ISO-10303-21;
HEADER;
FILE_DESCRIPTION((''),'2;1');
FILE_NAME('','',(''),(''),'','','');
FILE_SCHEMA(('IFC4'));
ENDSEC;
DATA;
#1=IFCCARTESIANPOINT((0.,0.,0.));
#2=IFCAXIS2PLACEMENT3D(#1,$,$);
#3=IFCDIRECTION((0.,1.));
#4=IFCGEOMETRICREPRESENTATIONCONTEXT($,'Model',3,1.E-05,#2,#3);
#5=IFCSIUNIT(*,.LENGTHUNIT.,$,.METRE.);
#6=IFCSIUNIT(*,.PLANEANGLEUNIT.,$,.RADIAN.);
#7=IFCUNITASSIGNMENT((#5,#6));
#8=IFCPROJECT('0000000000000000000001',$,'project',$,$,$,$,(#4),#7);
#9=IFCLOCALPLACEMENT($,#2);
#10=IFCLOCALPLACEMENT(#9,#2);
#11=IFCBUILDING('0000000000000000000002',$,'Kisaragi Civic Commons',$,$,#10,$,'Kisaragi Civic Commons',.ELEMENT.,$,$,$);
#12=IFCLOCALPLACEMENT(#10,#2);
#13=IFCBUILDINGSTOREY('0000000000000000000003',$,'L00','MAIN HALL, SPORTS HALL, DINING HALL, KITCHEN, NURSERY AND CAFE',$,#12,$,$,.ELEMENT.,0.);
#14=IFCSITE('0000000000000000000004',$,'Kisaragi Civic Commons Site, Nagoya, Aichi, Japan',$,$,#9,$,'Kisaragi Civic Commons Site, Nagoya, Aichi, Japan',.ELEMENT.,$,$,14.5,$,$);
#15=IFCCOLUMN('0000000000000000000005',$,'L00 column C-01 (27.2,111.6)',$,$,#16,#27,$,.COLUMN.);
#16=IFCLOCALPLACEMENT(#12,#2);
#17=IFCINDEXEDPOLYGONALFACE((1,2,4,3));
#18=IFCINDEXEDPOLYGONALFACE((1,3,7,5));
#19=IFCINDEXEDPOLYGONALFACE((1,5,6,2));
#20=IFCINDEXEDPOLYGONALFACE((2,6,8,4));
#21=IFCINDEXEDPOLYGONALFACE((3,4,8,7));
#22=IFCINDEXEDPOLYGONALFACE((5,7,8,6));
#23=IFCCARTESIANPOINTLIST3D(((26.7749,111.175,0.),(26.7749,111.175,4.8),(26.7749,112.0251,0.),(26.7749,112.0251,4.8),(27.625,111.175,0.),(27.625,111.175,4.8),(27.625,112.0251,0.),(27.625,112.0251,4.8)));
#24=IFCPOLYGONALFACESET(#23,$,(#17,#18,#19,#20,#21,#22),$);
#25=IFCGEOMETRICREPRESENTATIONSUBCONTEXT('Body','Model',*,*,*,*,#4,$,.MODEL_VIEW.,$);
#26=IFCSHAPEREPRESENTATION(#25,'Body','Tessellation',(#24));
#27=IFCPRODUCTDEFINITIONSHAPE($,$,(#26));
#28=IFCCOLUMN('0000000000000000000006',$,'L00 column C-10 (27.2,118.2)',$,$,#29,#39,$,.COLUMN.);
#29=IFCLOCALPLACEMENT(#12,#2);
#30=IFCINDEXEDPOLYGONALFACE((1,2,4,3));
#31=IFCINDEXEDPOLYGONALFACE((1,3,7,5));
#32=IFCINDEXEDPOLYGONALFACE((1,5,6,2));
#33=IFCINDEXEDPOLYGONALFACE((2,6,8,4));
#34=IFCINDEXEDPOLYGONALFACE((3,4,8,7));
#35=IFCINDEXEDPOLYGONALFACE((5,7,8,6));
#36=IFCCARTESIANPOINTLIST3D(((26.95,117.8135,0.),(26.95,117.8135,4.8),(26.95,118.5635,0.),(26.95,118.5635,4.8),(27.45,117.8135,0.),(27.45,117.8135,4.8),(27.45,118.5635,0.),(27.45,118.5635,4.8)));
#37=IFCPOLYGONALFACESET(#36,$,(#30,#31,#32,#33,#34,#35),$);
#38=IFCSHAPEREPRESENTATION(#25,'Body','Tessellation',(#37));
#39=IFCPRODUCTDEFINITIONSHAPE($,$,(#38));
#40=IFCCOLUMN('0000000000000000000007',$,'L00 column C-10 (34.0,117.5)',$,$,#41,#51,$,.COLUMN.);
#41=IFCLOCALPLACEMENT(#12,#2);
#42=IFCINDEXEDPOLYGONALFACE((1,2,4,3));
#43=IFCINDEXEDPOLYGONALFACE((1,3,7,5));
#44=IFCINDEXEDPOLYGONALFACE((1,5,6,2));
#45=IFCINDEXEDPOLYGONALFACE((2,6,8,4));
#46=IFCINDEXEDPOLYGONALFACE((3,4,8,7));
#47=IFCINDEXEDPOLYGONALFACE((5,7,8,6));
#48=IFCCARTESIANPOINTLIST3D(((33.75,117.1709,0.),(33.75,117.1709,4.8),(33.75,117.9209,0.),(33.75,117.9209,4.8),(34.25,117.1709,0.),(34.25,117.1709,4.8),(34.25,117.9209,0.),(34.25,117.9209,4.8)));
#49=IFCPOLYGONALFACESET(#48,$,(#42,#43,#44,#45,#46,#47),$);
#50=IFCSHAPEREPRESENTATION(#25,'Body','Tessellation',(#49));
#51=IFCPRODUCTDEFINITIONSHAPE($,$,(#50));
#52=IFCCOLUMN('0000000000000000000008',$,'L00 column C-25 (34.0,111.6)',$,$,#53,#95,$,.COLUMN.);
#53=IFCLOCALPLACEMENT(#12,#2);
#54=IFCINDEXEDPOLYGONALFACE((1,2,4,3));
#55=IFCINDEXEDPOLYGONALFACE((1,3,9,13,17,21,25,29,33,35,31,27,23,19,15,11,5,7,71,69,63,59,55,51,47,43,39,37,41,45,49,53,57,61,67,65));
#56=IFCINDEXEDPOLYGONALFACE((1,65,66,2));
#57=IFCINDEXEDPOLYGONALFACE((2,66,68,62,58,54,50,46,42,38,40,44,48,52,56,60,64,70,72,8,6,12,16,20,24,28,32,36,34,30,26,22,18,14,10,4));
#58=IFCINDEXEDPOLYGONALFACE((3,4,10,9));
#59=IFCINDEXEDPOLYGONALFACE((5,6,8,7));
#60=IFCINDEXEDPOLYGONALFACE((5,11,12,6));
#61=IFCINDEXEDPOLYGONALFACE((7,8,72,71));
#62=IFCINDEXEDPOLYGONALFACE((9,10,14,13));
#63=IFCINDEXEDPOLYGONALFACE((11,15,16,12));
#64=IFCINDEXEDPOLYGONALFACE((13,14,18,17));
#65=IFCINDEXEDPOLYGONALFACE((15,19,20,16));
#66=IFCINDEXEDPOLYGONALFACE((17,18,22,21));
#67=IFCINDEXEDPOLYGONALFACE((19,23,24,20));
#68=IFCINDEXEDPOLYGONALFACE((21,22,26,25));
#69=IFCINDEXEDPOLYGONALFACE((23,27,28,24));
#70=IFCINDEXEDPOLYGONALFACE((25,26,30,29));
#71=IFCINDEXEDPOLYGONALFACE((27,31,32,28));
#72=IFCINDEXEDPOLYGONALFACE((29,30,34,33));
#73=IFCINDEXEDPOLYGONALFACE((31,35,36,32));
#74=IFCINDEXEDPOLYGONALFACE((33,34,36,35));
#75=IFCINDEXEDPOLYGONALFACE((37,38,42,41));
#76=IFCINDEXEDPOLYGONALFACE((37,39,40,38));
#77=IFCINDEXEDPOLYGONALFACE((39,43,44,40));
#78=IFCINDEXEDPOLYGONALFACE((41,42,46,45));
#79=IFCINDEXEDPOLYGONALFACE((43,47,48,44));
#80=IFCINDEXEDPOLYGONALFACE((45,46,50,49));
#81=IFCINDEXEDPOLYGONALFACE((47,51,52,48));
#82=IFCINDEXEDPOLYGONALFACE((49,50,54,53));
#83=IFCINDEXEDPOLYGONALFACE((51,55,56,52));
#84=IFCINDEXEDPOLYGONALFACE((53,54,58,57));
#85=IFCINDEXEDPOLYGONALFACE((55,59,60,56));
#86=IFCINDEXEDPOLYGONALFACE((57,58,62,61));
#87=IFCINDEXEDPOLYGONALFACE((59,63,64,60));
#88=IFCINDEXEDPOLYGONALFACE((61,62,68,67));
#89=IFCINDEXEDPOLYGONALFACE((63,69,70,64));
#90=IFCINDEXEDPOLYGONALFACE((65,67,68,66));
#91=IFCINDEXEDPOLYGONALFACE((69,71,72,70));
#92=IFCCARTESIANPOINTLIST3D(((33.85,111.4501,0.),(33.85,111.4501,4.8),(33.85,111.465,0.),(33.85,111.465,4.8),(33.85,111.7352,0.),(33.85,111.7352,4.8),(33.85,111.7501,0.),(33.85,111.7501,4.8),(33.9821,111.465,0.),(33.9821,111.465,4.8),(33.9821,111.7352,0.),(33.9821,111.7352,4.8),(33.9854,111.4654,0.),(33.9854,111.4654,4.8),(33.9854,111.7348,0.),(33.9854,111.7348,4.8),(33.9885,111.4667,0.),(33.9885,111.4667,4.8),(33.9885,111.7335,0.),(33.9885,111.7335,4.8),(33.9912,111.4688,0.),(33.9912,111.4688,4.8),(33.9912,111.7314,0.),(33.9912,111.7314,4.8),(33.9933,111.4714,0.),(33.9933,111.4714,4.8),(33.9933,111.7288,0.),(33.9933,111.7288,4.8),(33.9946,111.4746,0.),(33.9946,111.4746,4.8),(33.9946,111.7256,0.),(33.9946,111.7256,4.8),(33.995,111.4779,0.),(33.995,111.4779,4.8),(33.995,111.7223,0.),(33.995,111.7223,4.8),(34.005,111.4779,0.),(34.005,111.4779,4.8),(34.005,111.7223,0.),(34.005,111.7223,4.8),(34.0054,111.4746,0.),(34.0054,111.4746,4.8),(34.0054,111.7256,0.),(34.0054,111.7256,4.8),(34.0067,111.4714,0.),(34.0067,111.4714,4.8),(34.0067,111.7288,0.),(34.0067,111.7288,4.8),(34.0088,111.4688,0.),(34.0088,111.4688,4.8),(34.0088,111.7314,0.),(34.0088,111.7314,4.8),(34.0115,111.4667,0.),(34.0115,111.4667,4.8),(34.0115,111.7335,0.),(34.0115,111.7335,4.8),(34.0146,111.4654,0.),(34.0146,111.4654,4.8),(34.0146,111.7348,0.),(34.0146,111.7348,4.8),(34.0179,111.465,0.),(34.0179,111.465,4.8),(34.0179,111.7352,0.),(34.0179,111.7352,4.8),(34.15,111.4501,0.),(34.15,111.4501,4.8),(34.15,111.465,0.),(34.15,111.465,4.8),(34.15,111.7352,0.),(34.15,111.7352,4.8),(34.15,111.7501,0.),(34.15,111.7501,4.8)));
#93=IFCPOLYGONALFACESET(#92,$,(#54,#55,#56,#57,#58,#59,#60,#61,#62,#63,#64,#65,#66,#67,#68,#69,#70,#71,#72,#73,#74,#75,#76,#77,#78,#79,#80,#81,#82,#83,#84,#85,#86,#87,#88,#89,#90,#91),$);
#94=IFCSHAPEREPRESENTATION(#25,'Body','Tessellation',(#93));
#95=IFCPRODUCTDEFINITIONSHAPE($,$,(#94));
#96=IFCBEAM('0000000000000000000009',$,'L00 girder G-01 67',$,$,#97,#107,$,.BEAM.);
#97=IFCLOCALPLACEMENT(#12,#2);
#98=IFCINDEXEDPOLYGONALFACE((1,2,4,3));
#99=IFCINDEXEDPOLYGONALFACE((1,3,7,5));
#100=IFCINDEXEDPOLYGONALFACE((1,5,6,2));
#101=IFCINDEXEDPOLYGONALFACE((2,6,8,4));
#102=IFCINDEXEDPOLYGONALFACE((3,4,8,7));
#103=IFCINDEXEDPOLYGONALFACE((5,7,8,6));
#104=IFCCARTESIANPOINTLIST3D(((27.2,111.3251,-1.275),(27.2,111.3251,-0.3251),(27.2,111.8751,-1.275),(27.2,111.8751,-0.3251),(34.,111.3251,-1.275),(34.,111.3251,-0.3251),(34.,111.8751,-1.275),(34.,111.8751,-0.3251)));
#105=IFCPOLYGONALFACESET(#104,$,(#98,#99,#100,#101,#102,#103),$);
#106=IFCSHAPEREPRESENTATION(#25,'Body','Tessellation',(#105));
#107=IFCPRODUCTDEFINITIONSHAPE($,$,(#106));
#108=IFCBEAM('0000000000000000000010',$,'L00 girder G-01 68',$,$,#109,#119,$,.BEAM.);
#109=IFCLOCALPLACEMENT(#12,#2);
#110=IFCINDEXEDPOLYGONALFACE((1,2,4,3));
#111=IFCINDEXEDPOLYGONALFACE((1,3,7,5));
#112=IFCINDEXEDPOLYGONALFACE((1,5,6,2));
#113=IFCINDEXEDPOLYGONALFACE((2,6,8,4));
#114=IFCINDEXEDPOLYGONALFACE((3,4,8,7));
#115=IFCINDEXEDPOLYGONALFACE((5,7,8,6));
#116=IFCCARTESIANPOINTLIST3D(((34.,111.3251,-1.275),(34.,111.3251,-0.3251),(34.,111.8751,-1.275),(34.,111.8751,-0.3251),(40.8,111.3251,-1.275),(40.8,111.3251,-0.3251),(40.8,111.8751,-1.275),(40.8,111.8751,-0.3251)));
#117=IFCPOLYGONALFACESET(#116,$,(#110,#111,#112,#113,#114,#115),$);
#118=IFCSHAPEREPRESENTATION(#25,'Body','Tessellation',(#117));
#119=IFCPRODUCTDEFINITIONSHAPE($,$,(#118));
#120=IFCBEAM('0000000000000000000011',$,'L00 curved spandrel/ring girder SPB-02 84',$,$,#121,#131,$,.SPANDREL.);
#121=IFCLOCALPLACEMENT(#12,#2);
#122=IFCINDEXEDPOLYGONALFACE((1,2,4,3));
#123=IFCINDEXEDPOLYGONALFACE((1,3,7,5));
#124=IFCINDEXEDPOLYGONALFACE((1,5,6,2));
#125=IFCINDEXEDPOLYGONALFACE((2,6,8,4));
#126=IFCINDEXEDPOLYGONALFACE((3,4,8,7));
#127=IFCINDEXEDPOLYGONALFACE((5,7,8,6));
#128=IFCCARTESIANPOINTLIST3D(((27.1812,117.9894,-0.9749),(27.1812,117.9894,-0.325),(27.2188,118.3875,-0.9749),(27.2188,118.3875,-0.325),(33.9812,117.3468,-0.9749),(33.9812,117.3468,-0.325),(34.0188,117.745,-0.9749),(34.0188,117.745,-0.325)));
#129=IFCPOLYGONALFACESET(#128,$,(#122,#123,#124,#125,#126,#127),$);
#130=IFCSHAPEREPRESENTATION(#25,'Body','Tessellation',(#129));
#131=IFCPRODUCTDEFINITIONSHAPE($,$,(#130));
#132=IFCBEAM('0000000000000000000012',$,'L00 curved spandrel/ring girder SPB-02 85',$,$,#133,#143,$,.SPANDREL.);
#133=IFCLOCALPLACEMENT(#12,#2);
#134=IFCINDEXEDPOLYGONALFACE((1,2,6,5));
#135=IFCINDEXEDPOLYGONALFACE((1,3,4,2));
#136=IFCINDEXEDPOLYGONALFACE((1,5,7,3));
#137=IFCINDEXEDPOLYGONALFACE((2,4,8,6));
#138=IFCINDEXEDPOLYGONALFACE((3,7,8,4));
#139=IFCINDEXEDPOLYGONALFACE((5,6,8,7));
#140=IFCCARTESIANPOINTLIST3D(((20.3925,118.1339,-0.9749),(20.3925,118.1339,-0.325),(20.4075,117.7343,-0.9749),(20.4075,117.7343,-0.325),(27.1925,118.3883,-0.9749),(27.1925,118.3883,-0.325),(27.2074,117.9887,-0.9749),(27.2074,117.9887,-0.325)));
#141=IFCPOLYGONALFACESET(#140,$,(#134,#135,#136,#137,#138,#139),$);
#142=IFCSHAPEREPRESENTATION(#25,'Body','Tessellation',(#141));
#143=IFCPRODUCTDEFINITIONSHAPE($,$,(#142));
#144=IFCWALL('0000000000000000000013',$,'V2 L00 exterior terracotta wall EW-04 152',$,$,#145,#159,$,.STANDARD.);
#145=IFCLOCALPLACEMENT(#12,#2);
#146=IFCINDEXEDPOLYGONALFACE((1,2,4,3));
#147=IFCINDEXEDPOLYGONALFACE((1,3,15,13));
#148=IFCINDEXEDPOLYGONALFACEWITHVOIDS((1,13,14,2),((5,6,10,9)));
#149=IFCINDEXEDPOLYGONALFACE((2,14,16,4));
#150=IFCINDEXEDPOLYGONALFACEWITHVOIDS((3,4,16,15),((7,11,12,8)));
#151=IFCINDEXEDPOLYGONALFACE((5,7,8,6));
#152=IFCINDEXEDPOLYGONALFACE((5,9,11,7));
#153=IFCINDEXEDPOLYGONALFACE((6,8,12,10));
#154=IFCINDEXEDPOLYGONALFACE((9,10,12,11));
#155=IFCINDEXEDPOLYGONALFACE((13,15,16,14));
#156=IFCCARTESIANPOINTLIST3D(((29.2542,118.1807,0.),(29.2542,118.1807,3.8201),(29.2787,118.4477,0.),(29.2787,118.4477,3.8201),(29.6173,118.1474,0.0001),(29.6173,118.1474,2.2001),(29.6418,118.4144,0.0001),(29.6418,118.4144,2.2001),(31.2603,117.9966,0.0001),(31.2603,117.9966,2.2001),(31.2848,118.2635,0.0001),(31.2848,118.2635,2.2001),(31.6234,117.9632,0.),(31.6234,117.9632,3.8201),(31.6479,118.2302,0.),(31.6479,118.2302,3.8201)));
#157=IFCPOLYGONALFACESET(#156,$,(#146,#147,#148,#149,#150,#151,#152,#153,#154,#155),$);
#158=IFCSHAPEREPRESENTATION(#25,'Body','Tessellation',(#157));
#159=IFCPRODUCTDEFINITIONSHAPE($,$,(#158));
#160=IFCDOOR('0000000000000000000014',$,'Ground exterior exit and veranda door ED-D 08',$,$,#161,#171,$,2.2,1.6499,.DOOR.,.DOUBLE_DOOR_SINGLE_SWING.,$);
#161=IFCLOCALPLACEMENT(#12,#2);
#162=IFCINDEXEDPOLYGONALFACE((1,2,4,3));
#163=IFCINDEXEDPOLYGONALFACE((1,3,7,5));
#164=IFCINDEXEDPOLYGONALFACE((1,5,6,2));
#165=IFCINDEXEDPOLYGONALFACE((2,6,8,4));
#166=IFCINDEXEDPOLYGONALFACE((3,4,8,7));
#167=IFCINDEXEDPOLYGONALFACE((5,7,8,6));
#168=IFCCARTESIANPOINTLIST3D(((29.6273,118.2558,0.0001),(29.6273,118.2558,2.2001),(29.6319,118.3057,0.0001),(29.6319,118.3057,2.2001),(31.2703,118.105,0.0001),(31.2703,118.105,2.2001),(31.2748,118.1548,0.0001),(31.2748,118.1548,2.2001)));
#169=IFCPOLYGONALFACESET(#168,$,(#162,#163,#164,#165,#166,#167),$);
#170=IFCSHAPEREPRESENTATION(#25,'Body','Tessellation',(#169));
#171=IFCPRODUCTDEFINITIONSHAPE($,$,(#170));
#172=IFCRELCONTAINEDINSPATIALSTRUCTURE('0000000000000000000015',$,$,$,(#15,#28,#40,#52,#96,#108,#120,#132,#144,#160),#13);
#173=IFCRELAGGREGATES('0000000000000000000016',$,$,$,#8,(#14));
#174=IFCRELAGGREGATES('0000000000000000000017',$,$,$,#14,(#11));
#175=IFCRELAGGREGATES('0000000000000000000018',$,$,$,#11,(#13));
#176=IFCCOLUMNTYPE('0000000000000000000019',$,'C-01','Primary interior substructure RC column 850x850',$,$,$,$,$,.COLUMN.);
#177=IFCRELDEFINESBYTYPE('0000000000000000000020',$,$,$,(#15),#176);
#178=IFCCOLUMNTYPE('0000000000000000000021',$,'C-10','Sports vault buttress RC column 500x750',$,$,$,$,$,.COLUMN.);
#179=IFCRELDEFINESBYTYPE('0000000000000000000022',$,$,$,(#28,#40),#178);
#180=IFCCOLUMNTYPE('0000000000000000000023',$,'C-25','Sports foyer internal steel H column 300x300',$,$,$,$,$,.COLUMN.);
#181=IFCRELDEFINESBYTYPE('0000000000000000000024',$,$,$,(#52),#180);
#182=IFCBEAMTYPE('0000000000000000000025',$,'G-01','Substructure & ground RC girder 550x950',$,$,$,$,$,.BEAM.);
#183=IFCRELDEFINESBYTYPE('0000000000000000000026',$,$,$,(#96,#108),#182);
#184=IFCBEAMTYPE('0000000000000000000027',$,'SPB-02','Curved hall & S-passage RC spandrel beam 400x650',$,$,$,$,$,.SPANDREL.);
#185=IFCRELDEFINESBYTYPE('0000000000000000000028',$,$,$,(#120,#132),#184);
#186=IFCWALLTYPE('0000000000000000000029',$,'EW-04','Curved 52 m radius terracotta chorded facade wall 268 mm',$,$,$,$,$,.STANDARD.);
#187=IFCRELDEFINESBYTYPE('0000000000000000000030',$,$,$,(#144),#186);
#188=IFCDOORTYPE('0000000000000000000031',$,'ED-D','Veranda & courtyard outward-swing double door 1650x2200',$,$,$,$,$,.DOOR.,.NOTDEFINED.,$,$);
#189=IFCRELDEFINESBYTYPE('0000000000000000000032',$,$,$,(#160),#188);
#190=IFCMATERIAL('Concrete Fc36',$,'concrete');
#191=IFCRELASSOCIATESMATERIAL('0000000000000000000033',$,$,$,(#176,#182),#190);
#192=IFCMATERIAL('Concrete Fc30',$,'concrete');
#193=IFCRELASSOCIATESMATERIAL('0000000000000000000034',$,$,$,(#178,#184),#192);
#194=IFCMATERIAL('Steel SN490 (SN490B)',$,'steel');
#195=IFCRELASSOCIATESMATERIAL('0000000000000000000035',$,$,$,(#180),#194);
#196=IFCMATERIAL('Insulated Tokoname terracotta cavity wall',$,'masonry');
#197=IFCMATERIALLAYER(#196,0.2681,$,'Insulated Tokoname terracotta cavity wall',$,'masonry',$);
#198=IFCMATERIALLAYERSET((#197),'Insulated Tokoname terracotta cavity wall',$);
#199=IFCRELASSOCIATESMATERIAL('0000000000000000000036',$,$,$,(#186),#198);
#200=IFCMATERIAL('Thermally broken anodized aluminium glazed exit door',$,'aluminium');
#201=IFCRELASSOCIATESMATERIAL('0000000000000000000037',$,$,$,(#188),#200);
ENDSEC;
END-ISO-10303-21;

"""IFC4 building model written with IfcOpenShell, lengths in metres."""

from ifc_helpers import new_model, si_unit, direction, frame, frame_2d, origin, origin_2d, place, context, subcontext, project, spatial, rectangle, i_section, extrude, material, layer, layer_set, material_profile, profile_set, type_object, element, fill, save


model = new_model("IFC4")

# Units and contexts
model_context = context("Model", 3, precision=1e-05, world=origin(), true_north=direction((0.0, 1.0)))
body_context = subcontext(model_context, "Body", "Model", "MODEL_VIEW")
ifc_project = project(units=[si_unit("LENGTHUNIT", "METRE"), si_unit("PLANEANGLEUNIT", "RADIAN")], contexts=[model_context])

# Site, building, storey
site_placement = place(None, origin())
site = spatial("IfcSite", under=ifc_project, at=site_placement, Name="Kisaragi Civic Commons Site, Nagoya, Aichi, Japan", LongName="Kisaragi Civic Commons Site, Nagoya, Aichi, Japan", CompositionType="ELEMENT", RefElevation=14.5)
building_placement = place(site_placement, origin())
building = spatial("IfcBuilding", under=site, at=building_placement, Name="Kisaragi Civic Commons", LongName="Kisaragi Civic Commons", CompositionType="ELEMENT")
storey_placement = place(building_placement, origin())
storey = spatial("IfcBuildingStorey", under=building, at=storey_placement, Name="L00", Description="MAIN HALL, SPORTS HALL, DINING HALL, KITCHEN, NURSERY AND CAFE", CompositionType="ELEMENT", Elevation=0.0)

# Columns
ifc_material_1 = material(Name="Concrete Fc36", Category="concrete")
ifc_material_profile_1 = material_profile(ifc_material_1, rectangle(XDim=0.8501, YDim=0.8501, at=origin_2d()), Name="RC-850x850", Category="concrete")
ifc_profile_set_1 = profile_set([ifc_material_profile_1], Name="Concrete Fc36")
column_type_1 = type_object("IfcColumnType", Name="C-01", Description="Primary interior substructure RC column 850x850", PredefinedType="COLUMN", material=ifc_profile_set_1)
column_1_placement = place(storey_placement, frame((27.2, 111.6001, 0.0), z_axis=(0.0, 0.0, 1.0), x_axis=(1.0, 0.0, 0.0)))
element("IfcColumn", 1, at=column_1_placement, inside=storey, type_object=column_type_1, Name="L00 column C-01 (27.2,111.6)", PredefinedType="COLUMN", context=body_context, shape_type="SweptSolid", body=[
    extrude(rectangle(XDim=0.8501, YDim=0.8501, at=origin_2d()), origin(), (0.0, 0.0, 1.0), 4.8),
])
ifc_material_2 = material(Name="Concrete Fc30", Category="concrete")
ifc_material_profile_2 = material_profile(ifc_material_2, rectangle(XDim=0.5, YDim=0.75, at=origin_2d()), Name="RC-500x750", Category="concrete")
ifc_profile_set_2 = profile_set([ifc_material_profile_2], Name="Concrete Fc30")
column_type_2 = type_object("IfcColumnType", Name="C-10", Description="Sports vault buttress RC column 500x750", PredefinedType="COLUMN", material=ifc_profile_set_2)
for number, where, z_axis, x_axis, name in (
    (2, (27.2, 118.1885, 0.0), (0.0, 0.0, 1.0), (1.0, 0.0, 0.0), "L00 column C-10 (27.2,118.2)"),
    (3, (34.0, 117.5459, 0.0), (0.0, 0.0, 1.0), (1.0, 0.0, 0.0), "L00 column C-10 (34.0,117.5)"),
):
    element("IfcColumn", number, at=place(storey_placement, frame(where, z_axis=z_axis, x_axis=x_axis)), inside=storey, type_object=column_type_2, Name=name, PredefinedType="COLUMN", context=body_context, shape_type="SweptSolid", body=[
        extrude(rectangle(XDim=0.5, YDim=0.75, at=origin_2d()), origin(), (0.0, 0.0, 1.0), 4.8),
    ])
ifc_material_3 = material(Name="Steel SN490 (SN490B)", Category="steel")
ifc_material_profile_3 = material_profile(ifc_material_3, i_section(OverallWidth=0.3, OverallDepth=0.3, WebThickness=0.01, FlangeThickness=0.0149, FilletRadius=0.0129, at=origin_2d()), Name="H-300x300x10x15", Category="steel")
ifc_profile_set_3 = profile_set([ifc_material_profile_3], Name="Steel SN490 (SN490B)")
column_type_3 = type_object("IfcColumnType", Name="C-25", Description="Sports foyer internal steel H column 300x300", PredefinedType="COLUMN", material=ifc_profile_set_3)
column_2_placement = place(storey_placement, frame((34.0, 111.6001, 0.0), z_axis=(0.0, 0.0, 1.0), x_axis=(1.0, 0.0, 0.0)))
element("IfcColumn", 4, at=column_2_placement, inside=storey, type_object=column_type_3, Name="L00 column C-25 (34.0,111.6)", PredefinedType="COLUMN", context=body_context, shape_type="SweptSolid", body=[
    extrude(i_section(OverallWidth=0.3, OverallDepth=0.3, WebThickness=0.01, FlangeThickness=0.0149, FilletRadius=0.0129, at=origin_2d()), origin(), (0.0, 0.0, 1.0), 4.8),
])

# Beams
ifc_material_profile_4 = material_profile(ifc_material_1, rectangle(XDim=0.55, YDim=0.95, at=origin_2d()), Name="RC-550x950", Category="concrete")
ifc_profile_set_4 = profile_set([ifc_material_profile_4], Name="Concrete Fc36")
beam_type_1 = type_object("IfcBeamType", Name="G-01", Description="Substructure & ground RC girder 550x950", PredefinedType="BEAM", material=ifc_profile_set_4)
for number, where, z_axis, x_axis, name in (
    (5, (27.2, 111.6001, -0.8), (1.0, 0.0, 0.0), (0.0, 1.0, 0.0), "L00 girder G-01 67"),
    (6, (34.0, 111.6001, -0.8), (1.0, 0.0, 0.0), (0.0, 1.0, 0.0), "L00 girder G-01 68"),
):
    element("IfcBeam", number, at=place(storey_placement, frame(where, z_axis=z_axis, x_axis=x_axis)), inside=storey, type_object=beam_type_1, Name=name, PredefinedType="BEAM", context=body_context, shape_type="SweptSolid", body=[
        extrude(rectangle(XDim=0.55, YDim=0.95, at=origin_2d()), origin(), (0.0, 0.0, 1.0), 6.8),
    ])
ifc_material_profile_5 = material_profile(ifc_material_2, rectangle(XDim=0.3999, YDim=0.6499, at=origin_2d()), Name="RC-400x650", Category="concrete")
ifc_profile_set_5 = profile_set([ifc_material_profile_5], Name="Concrete Fc30")
beam_type_2 = type_object("IfcBeamType", Name="SPB-02", Description="Curved hall & S-passage RC spandrel beam 400x650", PredefinedType="SPANDREL", material=ifc_profile_set_5)
beam_1_placement = place(storey_placement, frame((34.0, 117.5459, -0.6499), z_axis=(-0.995565, 0.094077, 0.0), x_axis=(-0.094077, -0.995565, 0.0)))
element("IfcBeam", 7, at=beam_1_placement, inside=storey, type_object=beam_type_2, Name="L00 curved spandrel/ring girder SPB-02 84", PredefinedType="SPANDREL", context=body_context, shape_type="SweptSolid", body=[
    extrude(rectangle(XDim=0.3999, YDim=0.6499, at=origin_2d()), origin(), (0.0, 0.0, 1.0), 6.8303),
])
beam_2_placement = place(storey_placement, frame((27.2, 118.1885, -0.6499), z_axis=(-0.999301, -0.037385, 0.0), x_axis=(0.037385, -0.999301, 0.0)))
element("IfcBeam", 8, at=beam_2_placement, inside=storey, type_object=beam_type_2, Name="L00 curved spandrel/ring girder SPB-02 85", PredefinedType="SPANDREL", context=body_context, shape_type="SweptSolid", body=[
    extrude(rectangle(XDim=0.3999, YDim=0.6499, at=origin_2d()), origin(), (0.0, 0.0, 1.0), 6.8047),
])

# Wall, opening, door
ifc_material_4 = material(Name="Insulated Tokoname terracotta cavity wall", Category="masonry")
ifc_layer_1 = layer(ifc_material_4, 0.2681, Name="Insulated Tokoname terracotta cavity wall", Category="masonry")
ifc_layer_set_1 = layer_set([ifc_layer_1], Name="Insulated Tokoname terracotta cavity wall")
wall_type_1 = type_object("IfcWallType", Name="EW-04", Description="Curved 52 m radius terracotta chorded facade wall 268 mm", PredefinedType="STANDARD", material=ifc_layer_set_1)
wall_1_placement = place(storey_placement, frame((29.2666, 118.3142, 0.0), z_axis=(0.0, 0.0, 1.0), x_axis=(0.995811, -0.091433, 0.0)))
wall_1 = element("IfcWall", 9, at=wall_1_placement, inside=storey, type_object=wall_type_1, Name="V2 L00 exterior terracotta wall EW-04 152", PredefinedType="STANDARD", context=body_context, shape_type="SweptSolid", body=[
    extrude(rectangle(XDim=2.3792, YDim=0.2681, at=frame_2d((1.1895, 0.0))), origin(), (0.0, 0.0, 1.0), 3.8201),
])
opening_1_placement = place(wall_1_placement, frame((0.3645, 0.0, 0.0)))
opening_1 = element("IfcOpeningElement", 10, at=opening_1_placement, cuts=wall_1, PredefinedType="OPENING", context=body_context, shape_type="SweptSolid", body=[
    extrude(rectangle(XDim=1.6499, YDim=2.2, at=frame_2d((0.825, 1.1001))), frame((0.0, 0.144, 0.0), z_axis=(0.0, -1.0, 0.0), x_axis=(1.0, 0.0, 0.0)), (0.0, 0.0, 1.0), 0.2881),
])
ifc_material_5 = material(Name="Thermally broken anodized aluminium glazed exit door", Category="aluminium")
door_type_1 = type_object("IfcDoorType", Name="ED-D", Description="Veranda & courtyard outward-swing double door 1650x2200", OperationType="NOTDEFINED", PredefinedType="DOOR", material=ifc_material_5)
door_1_placement = place(opening_1_placement, origin())
door_1 = element("IfcDoor", 11, at=door_1_placement, inside=storey, type_object=door_type_1, Name="Ground exterior exit and veranda door ED-D 08", OperationType="DOUBLE_DOOR_SINGLE_SWING", OverallHeight=2.2, OverallWidth=1.6499, PredefinedType="DOOR", context=body_context, shape_type="SweptSolid", body=[
    extrude(rectangle(XDim=1.6499, YDim=2.2, at=frame_2d((0.825, 1.1001))), frame((0.0, 0.0249, 0.0), z_axis=(0.0, -1.0, 0.0), x_axis=(1.0, 0.0, 0.0)), (0.0, 0.0, 1.0), 0.05),
])
fill(opening_1, door_1)

save(model, "model.ifc")
